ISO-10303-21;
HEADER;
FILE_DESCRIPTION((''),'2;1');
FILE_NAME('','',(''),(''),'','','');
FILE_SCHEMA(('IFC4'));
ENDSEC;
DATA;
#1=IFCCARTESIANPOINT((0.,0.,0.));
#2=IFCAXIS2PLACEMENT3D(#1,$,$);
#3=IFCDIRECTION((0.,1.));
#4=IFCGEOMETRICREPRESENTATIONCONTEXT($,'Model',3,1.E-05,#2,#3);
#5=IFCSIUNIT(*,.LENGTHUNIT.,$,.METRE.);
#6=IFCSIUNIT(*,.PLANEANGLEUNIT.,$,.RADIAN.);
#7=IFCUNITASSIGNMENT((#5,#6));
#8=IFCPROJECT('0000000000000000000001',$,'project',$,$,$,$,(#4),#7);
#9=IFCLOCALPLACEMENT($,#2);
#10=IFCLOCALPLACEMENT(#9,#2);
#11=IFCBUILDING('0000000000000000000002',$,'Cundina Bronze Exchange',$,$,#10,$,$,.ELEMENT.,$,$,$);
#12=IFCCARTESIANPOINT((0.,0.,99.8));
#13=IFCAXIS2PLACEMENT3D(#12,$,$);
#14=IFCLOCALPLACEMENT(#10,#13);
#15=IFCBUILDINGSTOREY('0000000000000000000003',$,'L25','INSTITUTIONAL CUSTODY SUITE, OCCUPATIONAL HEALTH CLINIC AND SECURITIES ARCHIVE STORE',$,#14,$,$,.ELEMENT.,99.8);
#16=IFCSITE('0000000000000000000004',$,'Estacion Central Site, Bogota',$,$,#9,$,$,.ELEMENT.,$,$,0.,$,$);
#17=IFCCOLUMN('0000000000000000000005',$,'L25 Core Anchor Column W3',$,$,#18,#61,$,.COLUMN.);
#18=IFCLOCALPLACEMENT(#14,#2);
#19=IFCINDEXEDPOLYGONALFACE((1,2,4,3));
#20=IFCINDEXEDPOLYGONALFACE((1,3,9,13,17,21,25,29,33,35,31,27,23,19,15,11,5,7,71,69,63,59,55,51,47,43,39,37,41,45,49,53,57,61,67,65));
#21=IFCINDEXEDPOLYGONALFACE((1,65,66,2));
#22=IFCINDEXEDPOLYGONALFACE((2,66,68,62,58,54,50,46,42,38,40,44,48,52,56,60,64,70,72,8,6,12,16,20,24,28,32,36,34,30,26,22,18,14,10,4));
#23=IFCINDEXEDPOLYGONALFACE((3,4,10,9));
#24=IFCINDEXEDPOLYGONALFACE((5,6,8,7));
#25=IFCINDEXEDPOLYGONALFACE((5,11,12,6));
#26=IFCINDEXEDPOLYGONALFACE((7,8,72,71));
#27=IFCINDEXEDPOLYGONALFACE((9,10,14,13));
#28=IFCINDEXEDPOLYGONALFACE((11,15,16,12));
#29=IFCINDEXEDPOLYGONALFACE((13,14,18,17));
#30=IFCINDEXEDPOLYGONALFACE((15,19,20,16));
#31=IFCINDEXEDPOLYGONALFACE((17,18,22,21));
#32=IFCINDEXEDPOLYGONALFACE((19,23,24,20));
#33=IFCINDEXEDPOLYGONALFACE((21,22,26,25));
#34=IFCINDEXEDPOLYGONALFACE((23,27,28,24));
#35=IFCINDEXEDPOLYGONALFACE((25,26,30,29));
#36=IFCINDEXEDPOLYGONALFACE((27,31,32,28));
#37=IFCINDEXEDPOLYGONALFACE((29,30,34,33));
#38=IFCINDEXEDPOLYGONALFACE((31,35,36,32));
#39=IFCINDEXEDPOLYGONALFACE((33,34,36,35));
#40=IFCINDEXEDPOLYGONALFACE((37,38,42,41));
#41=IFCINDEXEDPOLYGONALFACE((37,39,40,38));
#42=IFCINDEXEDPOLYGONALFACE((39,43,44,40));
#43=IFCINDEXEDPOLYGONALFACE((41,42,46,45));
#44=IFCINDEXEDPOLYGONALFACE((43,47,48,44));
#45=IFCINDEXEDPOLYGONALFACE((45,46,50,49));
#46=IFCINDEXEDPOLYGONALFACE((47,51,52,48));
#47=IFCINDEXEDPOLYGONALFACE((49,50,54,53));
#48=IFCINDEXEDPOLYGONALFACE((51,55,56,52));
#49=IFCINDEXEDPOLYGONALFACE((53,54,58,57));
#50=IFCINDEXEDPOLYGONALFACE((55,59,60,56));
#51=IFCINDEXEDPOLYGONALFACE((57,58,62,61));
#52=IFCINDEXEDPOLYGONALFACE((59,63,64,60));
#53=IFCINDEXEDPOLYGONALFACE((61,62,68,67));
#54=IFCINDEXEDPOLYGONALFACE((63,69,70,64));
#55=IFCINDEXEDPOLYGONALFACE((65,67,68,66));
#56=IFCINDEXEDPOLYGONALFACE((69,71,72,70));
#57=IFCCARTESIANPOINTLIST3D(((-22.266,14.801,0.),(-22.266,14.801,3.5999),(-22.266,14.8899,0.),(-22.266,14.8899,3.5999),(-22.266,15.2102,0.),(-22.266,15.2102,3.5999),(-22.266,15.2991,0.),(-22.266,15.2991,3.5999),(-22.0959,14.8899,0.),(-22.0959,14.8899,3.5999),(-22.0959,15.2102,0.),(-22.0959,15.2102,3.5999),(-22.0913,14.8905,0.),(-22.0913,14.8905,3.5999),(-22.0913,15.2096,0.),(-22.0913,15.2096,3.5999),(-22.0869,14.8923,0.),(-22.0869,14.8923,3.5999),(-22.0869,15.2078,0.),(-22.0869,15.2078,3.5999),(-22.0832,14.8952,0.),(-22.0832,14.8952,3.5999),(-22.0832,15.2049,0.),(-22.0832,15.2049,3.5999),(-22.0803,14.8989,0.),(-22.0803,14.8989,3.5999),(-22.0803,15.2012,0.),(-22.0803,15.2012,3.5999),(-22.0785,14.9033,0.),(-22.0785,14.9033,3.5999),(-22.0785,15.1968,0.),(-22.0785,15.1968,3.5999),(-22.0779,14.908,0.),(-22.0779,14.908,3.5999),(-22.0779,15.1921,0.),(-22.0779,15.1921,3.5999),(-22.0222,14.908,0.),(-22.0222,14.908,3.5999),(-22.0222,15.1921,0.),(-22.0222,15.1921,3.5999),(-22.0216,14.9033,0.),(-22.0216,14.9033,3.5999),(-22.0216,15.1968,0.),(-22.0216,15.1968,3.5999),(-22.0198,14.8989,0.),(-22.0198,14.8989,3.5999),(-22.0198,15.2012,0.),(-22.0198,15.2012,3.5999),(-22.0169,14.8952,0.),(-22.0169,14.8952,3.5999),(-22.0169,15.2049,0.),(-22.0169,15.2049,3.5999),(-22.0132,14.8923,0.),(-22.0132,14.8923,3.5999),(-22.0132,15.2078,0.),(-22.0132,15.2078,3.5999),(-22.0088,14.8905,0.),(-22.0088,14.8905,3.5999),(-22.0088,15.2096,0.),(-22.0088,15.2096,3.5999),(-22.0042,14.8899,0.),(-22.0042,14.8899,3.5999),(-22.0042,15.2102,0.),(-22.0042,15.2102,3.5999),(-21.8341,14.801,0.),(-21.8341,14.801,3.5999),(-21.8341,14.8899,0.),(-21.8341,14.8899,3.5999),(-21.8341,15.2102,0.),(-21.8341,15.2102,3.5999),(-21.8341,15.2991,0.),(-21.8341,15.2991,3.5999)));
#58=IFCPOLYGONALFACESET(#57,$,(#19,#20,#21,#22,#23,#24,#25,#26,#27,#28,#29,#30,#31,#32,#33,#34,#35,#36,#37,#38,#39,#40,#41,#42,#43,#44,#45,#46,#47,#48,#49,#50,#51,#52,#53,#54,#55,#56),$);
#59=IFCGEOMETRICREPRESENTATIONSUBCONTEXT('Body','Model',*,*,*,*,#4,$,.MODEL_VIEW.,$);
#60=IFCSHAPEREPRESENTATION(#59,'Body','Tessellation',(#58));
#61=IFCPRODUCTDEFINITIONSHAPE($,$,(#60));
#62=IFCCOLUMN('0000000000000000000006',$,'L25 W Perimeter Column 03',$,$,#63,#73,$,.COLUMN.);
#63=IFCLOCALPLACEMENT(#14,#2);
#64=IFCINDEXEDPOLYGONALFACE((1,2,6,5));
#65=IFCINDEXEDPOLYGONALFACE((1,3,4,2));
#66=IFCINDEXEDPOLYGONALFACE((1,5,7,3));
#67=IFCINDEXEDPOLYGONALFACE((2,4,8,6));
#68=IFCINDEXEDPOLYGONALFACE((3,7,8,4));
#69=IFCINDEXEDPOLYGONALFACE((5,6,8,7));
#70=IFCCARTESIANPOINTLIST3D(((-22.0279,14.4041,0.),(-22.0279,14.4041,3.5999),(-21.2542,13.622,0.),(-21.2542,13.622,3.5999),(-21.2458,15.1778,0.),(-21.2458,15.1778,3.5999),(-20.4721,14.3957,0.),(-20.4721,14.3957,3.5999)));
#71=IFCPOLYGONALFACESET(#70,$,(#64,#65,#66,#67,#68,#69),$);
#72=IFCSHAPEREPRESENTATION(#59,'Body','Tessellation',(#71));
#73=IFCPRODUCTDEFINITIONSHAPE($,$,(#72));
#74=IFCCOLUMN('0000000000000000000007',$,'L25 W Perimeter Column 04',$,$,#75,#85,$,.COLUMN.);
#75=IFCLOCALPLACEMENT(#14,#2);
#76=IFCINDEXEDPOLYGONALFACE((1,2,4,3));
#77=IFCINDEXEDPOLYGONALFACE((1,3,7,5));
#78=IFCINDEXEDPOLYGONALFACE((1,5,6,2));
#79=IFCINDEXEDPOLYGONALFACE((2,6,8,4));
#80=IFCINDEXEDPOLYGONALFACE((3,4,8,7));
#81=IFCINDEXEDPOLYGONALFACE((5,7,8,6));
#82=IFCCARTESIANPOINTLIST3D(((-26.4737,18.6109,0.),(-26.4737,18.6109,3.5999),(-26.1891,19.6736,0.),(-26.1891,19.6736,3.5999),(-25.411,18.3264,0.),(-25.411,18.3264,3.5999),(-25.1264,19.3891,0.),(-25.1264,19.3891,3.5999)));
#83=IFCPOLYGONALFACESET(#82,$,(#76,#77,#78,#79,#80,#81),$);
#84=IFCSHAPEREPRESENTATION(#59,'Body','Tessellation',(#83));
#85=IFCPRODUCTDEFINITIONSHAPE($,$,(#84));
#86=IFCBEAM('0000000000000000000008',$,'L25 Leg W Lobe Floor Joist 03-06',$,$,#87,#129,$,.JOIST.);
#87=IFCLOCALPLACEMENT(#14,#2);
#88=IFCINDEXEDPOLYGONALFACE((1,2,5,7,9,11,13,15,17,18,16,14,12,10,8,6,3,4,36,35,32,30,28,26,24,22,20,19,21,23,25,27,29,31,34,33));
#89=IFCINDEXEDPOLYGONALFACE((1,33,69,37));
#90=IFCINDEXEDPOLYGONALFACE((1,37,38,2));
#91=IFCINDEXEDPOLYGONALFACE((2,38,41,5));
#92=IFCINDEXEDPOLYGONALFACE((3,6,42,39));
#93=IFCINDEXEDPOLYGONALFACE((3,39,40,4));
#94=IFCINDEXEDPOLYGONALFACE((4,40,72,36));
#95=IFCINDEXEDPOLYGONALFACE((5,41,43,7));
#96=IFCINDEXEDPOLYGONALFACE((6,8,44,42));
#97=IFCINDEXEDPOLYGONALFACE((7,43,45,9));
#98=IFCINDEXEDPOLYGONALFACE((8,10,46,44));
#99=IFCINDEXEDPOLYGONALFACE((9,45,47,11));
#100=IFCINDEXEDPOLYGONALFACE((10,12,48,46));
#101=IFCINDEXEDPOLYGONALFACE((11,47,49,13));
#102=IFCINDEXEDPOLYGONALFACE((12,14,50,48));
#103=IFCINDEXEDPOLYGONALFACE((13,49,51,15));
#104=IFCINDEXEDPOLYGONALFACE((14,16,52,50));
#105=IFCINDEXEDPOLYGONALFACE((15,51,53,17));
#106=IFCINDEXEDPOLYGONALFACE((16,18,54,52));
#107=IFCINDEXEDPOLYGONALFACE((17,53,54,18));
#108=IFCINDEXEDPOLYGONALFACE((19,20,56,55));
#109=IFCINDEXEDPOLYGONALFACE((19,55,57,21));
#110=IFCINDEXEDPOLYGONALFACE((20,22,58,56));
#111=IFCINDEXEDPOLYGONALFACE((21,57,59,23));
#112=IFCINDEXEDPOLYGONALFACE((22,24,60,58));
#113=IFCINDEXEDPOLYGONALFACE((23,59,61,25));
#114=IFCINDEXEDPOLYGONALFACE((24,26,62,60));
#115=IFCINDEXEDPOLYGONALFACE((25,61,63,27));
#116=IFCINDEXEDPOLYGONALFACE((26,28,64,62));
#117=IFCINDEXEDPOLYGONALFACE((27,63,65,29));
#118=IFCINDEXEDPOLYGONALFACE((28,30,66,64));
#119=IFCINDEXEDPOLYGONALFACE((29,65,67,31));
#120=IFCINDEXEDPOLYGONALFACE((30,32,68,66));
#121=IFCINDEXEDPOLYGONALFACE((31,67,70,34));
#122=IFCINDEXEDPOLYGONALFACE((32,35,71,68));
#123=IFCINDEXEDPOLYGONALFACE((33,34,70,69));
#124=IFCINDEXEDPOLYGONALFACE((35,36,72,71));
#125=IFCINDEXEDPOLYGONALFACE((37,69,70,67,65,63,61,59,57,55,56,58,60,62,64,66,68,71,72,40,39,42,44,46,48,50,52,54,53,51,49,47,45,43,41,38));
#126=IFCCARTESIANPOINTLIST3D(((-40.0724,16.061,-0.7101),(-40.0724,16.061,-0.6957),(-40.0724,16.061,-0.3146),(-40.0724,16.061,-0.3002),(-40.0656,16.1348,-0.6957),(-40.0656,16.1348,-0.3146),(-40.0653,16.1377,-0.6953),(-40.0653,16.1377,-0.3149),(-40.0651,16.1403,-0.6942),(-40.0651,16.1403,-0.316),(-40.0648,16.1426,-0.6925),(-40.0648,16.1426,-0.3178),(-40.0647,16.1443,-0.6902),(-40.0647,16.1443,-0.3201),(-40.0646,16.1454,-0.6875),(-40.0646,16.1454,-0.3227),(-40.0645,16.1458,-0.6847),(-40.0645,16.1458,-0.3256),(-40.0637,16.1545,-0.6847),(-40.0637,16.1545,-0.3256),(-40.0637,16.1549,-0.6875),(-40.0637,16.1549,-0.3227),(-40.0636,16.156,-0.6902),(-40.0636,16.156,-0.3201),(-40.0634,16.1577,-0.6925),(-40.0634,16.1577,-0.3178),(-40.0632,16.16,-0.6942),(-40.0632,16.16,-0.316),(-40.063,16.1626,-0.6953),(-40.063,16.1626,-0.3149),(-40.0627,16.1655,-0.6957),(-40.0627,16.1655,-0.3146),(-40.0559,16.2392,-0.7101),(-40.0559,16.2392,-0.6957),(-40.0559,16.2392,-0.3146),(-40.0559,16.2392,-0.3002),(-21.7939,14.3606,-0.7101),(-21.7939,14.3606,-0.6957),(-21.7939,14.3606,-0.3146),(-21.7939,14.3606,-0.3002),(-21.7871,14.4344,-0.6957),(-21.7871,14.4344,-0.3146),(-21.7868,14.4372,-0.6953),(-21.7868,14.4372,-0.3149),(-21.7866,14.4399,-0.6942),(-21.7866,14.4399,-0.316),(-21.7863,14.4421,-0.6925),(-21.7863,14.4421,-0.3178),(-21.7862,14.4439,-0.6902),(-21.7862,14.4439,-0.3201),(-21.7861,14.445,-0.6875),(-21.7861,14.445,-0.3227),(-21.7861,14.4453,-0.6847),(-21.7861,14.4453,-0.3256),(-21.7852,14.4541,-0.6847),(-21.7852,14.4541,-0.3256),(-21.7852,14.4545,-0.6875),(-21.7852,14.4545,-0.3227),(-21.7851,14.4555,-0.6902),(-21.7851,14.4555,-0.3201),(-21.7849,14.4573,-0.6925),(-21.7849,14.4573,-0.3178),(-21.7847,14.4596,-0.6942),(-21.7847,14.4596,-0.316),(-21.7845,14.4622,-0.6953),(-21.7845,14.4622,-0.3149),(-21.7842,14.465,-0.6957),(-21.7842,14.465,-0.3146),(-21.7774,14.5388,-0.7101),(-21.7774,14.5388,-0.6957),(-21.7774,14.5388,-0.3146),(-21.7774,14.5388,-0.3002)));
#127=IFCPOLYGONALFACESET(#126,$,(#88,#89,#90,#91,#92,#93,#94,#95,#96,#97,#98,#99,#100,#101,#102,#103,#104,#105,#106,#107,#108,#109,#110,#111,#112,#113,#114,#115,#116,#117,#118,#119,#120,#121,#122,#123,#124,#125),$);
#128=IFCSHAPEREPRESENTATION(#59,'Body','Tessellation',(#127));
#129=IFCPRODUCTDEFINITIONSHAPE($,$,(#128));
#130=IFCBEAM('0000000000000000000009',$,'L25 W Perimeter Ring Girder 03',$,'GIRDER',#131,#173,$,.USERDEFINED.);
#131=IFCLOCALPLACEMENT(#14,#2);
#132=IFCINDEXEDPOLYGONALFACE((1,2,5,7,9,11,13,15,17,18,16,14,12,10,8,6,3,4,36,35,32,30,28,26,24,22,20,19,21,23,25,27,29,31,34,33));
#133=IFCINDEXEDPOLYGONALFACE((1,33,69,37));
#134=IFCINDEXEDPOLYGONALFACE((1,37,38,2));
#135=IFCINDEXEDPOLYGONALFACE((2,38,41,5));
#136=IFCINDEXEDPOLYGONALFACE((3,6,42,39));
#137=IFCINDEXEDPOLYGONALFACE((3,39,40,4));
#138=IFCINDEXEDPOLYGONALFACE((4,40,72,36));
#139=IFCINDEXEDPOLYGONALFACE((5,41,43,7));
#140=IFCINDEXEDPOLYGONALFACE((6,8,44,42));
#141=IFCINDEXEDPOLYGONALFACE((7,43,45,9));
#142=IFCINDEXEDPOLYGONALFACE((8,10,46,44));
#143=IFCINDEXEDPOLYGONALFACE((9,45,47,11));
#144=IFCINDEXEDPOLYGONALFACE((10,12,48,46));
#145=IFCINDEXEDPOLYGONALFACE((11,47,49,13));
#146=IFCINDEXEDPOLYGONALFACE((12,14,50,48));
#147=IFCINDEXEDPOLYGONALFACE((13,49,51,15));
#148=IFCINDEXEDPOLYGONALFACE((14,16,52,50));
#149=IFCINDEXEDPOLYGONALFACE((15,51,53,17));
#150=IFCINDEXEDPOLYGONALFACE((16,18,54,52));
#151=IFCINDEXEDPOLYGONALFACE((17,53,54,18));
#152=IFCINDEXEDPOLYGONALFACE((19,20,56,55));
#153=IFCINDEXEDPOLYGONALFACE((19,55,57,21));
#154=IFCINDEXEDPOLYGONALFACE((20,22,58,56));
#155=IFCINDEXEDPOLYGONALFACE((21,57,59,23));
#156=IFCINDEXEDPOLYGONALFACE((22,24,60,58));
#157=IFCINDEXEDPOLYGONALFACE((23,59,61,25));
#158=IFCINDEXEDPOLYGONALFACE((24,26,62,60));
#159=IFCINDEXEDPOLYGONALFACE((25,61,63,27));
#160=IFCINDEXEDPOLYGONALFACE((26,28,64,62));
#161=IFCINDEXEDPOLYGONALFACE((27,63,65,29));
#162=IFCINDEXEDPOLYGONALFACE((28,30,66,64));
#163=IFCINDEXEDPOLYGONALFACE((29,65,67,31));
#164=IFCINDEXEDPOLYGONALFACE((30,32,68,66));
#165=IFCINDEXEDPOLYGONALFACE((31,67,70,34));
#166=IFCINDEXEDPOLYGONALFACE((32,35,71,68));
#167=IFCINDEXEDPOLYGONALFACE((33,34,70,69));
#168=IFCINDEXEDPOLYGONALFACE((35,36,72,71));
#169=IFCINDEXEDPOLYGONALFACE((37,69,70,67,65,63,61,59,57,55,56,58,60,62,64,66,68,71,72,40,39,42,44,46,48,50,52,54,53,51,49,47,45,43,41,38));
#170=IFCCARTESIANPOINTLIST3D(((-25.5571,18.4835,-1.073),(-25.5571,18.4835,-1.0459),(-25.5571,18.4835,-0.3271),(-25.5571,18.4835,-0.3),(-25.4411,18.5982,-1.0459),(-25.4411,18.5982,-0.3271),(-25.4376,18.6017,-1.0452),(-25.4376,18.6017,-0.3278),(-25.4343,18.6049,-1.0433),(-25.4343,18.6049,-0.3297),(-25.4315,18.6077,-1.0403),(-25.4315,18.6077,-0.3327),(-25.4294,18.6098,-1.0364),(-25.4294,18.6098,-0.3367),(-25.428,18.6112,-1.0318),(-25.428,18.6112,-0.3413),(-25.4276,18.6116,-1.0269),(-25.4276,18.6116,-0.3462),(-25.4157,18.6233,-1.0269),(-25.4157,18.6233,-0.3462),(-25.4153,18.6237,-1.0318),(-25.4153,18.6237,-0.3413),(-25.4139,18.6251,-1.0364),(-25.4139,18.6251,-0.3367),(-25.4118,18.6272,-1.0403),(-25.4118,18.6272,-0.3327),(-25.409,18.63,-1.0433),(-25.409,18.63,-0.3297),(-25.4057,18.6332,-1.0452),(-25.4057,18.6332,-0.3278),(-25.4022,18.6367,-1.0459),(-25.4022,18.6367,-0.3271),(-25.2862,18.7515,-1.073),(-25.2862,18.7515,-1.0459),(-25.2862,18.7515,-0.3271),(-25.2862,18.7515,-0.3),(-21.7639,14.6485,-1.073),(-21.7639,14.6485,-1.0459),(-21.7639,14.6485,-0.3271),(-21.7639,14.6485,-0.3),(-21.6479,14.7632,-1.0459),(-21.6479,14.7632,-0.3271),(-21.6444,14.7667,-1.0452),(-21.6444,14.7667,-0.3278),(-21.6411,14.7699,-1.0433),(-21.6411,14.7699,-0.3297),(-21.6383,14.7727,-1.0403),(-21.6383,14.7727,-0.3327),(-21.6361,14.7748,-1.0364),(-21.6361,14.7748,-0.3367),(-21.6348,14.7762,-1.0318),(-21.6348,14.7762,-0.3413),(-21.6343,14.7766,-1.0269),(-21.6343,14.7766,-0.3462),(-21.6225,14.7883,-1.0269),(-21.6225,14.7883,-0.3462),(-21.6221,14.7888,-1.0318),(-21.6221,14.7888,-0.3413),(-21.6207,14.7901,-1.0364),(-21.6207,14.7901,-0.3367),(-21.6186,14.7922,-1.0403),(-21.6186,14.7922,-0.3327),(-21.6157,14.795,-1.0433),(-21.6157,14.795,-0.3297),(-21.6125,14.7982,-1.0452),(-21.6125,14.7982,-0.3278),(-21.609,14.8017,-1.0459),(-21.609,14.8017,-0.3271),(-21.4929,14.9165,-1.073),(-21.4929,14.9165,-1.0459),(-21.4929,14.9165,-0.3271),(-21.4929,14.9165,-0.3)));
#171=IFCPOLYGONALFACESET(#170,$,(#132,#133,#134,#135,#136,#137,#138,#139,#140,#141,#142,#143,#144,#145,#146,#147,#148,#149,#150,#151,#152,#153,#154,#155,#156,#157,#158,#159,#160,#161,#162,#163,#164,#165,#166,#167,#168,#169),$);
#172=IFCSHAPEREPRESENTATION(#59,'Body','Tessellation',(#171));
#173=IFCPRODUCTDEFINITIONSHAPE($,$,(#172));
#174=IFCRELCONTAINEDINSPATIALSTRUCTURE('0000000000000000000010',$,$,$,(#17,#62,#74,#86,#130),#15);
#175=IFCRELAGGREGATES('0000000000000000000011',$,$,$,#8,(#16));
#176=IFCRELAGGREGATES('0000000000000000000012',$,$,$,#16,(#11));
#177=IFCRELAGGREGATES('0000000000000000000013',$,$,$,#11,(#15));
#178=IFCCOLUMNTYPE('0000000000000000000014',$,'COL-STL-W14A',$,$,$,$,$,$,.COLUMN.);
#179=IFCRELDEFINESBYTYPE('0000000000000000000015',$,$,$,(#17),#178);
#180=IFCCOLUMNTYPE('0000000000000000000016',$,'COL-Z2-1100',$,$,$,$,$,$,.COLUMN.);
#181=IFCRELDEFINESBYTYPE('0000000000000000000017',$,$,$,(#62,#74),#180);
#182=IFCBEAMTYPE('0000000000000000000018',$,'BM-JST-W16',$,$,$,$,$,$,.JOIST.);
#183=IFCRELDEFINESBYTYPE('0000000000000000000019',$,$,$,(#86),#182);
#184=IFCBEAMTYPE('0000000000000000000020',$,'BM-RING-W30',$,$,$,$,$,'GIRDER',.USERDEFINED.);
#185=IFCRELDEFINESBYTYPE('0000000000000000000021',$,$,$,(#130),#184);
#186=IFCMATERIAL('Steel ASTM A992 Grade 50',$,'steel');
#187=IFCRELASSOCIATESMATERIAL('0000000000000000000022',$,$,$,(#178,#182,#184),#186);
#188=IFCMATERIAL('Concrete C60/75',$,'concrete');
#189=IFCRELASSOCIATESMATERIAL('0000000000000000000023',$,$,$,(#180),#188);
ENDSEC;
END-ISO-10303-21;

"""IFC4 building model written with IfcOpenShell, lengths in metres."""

from ifc_helpers import new_model, si_unit, direction, frame, origin, origin_2d, place, context, subcontext, project, spatial, rectangle, i_section, extrude, material, material_profile, profile_set, type_object, element, save


model = new_model("IFC4")

# Units and contexts
model_context = context("Model", 3, precision=1e-05, world=origin(), true_north=direction((0.0, 1.0)))
body_context = subcontext(model_context, "Body", "Model", "MODEL_VIEW")
ifc_project = project(units=[si_unit("LENGTHUNIT", "METRE"), si_unit("PLANEANGLEUNIT", "RADIAN")], contexts=[model_context])

# Site, building, storey
site_placement = place(None, origin())
site = spatial("IfcSite", under=ifc_project, at=site_placement, Name="Estacion Central Site, Bogota", CompositionType="ELEMENT", RefElevation=0.0)
building_placement = place(site_placement, origin())
building = spatial("IfcBuilding", under=site, at=building_placement, Name="Cundina Bronze Exchange", CompositionType="ELEMENT")
storey_placement = place(building_placement, frame((0.0, 0.0, 99.8)))
storey = spatial("IfcBuildingStorey", under=building, at=storey_placement, Name="L25", Description="INSTITUTIONAL CUSTODY SUITE, OCCUPATIONAL HEALTH CLINIC AND SECURITIES ARCHIVE STORE", CompositionType="ELEMENT", Elevation=99.8)

# Columns
ifc_material_1 = material(Name="Steel ASTM A992 Grade 50", Category="steel")
ifc_material_profile_1 = material_profile(ifc_material_1, i_section(OverallWidth=0.4319, OverallDepth=0.498, WebThickness=0.0557, FlangeThickness=0.0889, FilletRadius=0.0181, at=origin_2d()), Name="W14X500", Category="steel")
ifc_profile_set_1 = profile_set([ifc_material_profile_1], Name="Steel ASTM A992 Grade 50")
column_type_1 = type_object("IfcColumnType", Name="COL-STL-W14A", PredefinedType="COLUMN", material=ifc_profile_set_1)
column_placement = place(storey_placement, frame((-22.05, 15.05, 0.0), z_axis=(0.0, 0.0, 1.0), x_axis=(1.0, 0.0, 0.0)))
element("IfcColumn", 1, at=column_placement, inside=storey, type_object=column_type_1, Name="L25 Core Anchor Column W3", PredefinedType="COLUMN", context=body_context, shape_type="SweptSolid", body=[
    extrude(i_section(OverallWidth=0.4319, OverallDepth=0.498, WebThickness=0.0557, FlangeThickness=0.0889, FilletRadius=0.0181, at=origin_2d()), origin(), (0.0, 0.0, 1.0), 3.5999),
])
ifc_material_2 = material(Name="Concrete C60/75", Category="concrete")
ifc_material_profile_2 = material_profile(ifc_material_2, rectangle(XDim=1.1001, YDim=1.1001, at=origin_2d()), Name="RC1100X1100", Category="concrete")
ifc_profile_set_2 = profile_set([ifc_material_profile_2], Name="Concrete C60/75")
column_type_2 = type_object("IfcColumnType", Name="COL-Z2-1100", PredefinedType="COLUMN", material=ifc_profile_set_2)
for number, where, z_axis, x_axis, name in (
    (2, (-21.25, 14.3999, 0.0), (0.0, 0.0, 1.0), (-0.703271, 0.710922, 0.0), "L25 W Perimeter Column 03"),
    (3, (-25.8, 19.0, 0.0), (0.0, 0.0, 1.0), (-0.965971, 0.25865, 0.0), "L25 W Perimeter Column 04"),
):
    element("IfcColumn", number, at=place(storey_placement, frame(where, z_axis=z_axis, x_axis=x_axis)), inside=storey, type_object=column_type_2, Name=name, PredefinedType="COLUMN", context=body_context, shape_type="SweptSolid", body=[
        extrude(rectangle(XDim=1.1001, YDim=1.1001, at=origin_2d()), origin(), (0.0, 0.0, 1.0), 3.5999),
    ])

# Beams
ifc_material_profile_3 = material_profile(ifc_material_1, i_section(OverallWidth=0.179, OverallDepth=0.4099, WebThickness=0.0088, FlangeThickness=0.0144, FilletRadius=0.011, at=origin_2d()), Name="W16X45", Category="steel")
ifc_profile_set_3 = profile_set([ifc_material_profile_3], Name="Steel ASTM A992 Grade 50")
beam_type_1 = type_object("IfcBeamType", Name="BM-JST-W16", PredefinedType="JOIST", material=ifc_profile_set_3)
beam_1_placement = place(storey_placement, frame((-21.7856, 14.4497, -0.5051), z_axis=(-0.995701, 0.092629, 0.0), x_axis=(-0.092629, -0.995701, 0.0)))
element("IfcBeam", 4, at=beam_1_placement, inside=storey, type_object=beam_type_1, Name="L25 Leg W Lobe Floor Joist 03-06", PredefinedType="JOIST", context=body_context, shape_type="SweptSolid", body=[
    extrude(i_section(OverallWidth=0.179, OverallDepth=0.4099, WebThickness=0.0088, FlangeThickness=0.0144, FilletRadius=0.011, at=origin_2d()), origin(), (0.0, 0.0, 1.0), 18.3574),
])
ifc_material_profile_4 = material_profile(ifc_material_1, i_section(OverallWidth=0.3811, OverallDepth=0.7729, WebThickness=0.0166, FlangeThickness=0.0271, FilletRadius=0.019, at=origin_2d()), Name="W30X173", Category="steel")
ifc_profile_set_4 = profile_set([ifc_material_profile_4], Name="Steel ASTM A992 Grade 50")
beam_type_2 = type_object("IfcBeamType", Name="BM-RING-W30", ElementType="GIRDER", PredefinedType="USERDEFINED", material=ifc_profile_set_4)
beam_2_placement = place(storey_placement, frame((-21.6284, 14.7825, -0.6865), z_axis=(-0.703226, 0.710966, 0.0), x_axis=(-0.710966, -0.703226, 0.0)))
element("IfcBeam", 5, at=beam_2_placement, inside=storey, type_object=beam_type_2, Name="L25 W Perimeter Ring Girder 03", ObjectType="GIRDER", PredefinedType="USERDEFINED", context=body_context, shape_type="SweptSolid", body=[
    extrude(i_section(OverallWidth=0.3811, OverallDepth=0.7729, WebThickness=0.0166, FlangeThickness=0.0271, FilletRadius=0.019, at=origin_2d()), origin(), (0.0, 0.0, 1.0), 5.394),
])

save(model, "model.ifc")
